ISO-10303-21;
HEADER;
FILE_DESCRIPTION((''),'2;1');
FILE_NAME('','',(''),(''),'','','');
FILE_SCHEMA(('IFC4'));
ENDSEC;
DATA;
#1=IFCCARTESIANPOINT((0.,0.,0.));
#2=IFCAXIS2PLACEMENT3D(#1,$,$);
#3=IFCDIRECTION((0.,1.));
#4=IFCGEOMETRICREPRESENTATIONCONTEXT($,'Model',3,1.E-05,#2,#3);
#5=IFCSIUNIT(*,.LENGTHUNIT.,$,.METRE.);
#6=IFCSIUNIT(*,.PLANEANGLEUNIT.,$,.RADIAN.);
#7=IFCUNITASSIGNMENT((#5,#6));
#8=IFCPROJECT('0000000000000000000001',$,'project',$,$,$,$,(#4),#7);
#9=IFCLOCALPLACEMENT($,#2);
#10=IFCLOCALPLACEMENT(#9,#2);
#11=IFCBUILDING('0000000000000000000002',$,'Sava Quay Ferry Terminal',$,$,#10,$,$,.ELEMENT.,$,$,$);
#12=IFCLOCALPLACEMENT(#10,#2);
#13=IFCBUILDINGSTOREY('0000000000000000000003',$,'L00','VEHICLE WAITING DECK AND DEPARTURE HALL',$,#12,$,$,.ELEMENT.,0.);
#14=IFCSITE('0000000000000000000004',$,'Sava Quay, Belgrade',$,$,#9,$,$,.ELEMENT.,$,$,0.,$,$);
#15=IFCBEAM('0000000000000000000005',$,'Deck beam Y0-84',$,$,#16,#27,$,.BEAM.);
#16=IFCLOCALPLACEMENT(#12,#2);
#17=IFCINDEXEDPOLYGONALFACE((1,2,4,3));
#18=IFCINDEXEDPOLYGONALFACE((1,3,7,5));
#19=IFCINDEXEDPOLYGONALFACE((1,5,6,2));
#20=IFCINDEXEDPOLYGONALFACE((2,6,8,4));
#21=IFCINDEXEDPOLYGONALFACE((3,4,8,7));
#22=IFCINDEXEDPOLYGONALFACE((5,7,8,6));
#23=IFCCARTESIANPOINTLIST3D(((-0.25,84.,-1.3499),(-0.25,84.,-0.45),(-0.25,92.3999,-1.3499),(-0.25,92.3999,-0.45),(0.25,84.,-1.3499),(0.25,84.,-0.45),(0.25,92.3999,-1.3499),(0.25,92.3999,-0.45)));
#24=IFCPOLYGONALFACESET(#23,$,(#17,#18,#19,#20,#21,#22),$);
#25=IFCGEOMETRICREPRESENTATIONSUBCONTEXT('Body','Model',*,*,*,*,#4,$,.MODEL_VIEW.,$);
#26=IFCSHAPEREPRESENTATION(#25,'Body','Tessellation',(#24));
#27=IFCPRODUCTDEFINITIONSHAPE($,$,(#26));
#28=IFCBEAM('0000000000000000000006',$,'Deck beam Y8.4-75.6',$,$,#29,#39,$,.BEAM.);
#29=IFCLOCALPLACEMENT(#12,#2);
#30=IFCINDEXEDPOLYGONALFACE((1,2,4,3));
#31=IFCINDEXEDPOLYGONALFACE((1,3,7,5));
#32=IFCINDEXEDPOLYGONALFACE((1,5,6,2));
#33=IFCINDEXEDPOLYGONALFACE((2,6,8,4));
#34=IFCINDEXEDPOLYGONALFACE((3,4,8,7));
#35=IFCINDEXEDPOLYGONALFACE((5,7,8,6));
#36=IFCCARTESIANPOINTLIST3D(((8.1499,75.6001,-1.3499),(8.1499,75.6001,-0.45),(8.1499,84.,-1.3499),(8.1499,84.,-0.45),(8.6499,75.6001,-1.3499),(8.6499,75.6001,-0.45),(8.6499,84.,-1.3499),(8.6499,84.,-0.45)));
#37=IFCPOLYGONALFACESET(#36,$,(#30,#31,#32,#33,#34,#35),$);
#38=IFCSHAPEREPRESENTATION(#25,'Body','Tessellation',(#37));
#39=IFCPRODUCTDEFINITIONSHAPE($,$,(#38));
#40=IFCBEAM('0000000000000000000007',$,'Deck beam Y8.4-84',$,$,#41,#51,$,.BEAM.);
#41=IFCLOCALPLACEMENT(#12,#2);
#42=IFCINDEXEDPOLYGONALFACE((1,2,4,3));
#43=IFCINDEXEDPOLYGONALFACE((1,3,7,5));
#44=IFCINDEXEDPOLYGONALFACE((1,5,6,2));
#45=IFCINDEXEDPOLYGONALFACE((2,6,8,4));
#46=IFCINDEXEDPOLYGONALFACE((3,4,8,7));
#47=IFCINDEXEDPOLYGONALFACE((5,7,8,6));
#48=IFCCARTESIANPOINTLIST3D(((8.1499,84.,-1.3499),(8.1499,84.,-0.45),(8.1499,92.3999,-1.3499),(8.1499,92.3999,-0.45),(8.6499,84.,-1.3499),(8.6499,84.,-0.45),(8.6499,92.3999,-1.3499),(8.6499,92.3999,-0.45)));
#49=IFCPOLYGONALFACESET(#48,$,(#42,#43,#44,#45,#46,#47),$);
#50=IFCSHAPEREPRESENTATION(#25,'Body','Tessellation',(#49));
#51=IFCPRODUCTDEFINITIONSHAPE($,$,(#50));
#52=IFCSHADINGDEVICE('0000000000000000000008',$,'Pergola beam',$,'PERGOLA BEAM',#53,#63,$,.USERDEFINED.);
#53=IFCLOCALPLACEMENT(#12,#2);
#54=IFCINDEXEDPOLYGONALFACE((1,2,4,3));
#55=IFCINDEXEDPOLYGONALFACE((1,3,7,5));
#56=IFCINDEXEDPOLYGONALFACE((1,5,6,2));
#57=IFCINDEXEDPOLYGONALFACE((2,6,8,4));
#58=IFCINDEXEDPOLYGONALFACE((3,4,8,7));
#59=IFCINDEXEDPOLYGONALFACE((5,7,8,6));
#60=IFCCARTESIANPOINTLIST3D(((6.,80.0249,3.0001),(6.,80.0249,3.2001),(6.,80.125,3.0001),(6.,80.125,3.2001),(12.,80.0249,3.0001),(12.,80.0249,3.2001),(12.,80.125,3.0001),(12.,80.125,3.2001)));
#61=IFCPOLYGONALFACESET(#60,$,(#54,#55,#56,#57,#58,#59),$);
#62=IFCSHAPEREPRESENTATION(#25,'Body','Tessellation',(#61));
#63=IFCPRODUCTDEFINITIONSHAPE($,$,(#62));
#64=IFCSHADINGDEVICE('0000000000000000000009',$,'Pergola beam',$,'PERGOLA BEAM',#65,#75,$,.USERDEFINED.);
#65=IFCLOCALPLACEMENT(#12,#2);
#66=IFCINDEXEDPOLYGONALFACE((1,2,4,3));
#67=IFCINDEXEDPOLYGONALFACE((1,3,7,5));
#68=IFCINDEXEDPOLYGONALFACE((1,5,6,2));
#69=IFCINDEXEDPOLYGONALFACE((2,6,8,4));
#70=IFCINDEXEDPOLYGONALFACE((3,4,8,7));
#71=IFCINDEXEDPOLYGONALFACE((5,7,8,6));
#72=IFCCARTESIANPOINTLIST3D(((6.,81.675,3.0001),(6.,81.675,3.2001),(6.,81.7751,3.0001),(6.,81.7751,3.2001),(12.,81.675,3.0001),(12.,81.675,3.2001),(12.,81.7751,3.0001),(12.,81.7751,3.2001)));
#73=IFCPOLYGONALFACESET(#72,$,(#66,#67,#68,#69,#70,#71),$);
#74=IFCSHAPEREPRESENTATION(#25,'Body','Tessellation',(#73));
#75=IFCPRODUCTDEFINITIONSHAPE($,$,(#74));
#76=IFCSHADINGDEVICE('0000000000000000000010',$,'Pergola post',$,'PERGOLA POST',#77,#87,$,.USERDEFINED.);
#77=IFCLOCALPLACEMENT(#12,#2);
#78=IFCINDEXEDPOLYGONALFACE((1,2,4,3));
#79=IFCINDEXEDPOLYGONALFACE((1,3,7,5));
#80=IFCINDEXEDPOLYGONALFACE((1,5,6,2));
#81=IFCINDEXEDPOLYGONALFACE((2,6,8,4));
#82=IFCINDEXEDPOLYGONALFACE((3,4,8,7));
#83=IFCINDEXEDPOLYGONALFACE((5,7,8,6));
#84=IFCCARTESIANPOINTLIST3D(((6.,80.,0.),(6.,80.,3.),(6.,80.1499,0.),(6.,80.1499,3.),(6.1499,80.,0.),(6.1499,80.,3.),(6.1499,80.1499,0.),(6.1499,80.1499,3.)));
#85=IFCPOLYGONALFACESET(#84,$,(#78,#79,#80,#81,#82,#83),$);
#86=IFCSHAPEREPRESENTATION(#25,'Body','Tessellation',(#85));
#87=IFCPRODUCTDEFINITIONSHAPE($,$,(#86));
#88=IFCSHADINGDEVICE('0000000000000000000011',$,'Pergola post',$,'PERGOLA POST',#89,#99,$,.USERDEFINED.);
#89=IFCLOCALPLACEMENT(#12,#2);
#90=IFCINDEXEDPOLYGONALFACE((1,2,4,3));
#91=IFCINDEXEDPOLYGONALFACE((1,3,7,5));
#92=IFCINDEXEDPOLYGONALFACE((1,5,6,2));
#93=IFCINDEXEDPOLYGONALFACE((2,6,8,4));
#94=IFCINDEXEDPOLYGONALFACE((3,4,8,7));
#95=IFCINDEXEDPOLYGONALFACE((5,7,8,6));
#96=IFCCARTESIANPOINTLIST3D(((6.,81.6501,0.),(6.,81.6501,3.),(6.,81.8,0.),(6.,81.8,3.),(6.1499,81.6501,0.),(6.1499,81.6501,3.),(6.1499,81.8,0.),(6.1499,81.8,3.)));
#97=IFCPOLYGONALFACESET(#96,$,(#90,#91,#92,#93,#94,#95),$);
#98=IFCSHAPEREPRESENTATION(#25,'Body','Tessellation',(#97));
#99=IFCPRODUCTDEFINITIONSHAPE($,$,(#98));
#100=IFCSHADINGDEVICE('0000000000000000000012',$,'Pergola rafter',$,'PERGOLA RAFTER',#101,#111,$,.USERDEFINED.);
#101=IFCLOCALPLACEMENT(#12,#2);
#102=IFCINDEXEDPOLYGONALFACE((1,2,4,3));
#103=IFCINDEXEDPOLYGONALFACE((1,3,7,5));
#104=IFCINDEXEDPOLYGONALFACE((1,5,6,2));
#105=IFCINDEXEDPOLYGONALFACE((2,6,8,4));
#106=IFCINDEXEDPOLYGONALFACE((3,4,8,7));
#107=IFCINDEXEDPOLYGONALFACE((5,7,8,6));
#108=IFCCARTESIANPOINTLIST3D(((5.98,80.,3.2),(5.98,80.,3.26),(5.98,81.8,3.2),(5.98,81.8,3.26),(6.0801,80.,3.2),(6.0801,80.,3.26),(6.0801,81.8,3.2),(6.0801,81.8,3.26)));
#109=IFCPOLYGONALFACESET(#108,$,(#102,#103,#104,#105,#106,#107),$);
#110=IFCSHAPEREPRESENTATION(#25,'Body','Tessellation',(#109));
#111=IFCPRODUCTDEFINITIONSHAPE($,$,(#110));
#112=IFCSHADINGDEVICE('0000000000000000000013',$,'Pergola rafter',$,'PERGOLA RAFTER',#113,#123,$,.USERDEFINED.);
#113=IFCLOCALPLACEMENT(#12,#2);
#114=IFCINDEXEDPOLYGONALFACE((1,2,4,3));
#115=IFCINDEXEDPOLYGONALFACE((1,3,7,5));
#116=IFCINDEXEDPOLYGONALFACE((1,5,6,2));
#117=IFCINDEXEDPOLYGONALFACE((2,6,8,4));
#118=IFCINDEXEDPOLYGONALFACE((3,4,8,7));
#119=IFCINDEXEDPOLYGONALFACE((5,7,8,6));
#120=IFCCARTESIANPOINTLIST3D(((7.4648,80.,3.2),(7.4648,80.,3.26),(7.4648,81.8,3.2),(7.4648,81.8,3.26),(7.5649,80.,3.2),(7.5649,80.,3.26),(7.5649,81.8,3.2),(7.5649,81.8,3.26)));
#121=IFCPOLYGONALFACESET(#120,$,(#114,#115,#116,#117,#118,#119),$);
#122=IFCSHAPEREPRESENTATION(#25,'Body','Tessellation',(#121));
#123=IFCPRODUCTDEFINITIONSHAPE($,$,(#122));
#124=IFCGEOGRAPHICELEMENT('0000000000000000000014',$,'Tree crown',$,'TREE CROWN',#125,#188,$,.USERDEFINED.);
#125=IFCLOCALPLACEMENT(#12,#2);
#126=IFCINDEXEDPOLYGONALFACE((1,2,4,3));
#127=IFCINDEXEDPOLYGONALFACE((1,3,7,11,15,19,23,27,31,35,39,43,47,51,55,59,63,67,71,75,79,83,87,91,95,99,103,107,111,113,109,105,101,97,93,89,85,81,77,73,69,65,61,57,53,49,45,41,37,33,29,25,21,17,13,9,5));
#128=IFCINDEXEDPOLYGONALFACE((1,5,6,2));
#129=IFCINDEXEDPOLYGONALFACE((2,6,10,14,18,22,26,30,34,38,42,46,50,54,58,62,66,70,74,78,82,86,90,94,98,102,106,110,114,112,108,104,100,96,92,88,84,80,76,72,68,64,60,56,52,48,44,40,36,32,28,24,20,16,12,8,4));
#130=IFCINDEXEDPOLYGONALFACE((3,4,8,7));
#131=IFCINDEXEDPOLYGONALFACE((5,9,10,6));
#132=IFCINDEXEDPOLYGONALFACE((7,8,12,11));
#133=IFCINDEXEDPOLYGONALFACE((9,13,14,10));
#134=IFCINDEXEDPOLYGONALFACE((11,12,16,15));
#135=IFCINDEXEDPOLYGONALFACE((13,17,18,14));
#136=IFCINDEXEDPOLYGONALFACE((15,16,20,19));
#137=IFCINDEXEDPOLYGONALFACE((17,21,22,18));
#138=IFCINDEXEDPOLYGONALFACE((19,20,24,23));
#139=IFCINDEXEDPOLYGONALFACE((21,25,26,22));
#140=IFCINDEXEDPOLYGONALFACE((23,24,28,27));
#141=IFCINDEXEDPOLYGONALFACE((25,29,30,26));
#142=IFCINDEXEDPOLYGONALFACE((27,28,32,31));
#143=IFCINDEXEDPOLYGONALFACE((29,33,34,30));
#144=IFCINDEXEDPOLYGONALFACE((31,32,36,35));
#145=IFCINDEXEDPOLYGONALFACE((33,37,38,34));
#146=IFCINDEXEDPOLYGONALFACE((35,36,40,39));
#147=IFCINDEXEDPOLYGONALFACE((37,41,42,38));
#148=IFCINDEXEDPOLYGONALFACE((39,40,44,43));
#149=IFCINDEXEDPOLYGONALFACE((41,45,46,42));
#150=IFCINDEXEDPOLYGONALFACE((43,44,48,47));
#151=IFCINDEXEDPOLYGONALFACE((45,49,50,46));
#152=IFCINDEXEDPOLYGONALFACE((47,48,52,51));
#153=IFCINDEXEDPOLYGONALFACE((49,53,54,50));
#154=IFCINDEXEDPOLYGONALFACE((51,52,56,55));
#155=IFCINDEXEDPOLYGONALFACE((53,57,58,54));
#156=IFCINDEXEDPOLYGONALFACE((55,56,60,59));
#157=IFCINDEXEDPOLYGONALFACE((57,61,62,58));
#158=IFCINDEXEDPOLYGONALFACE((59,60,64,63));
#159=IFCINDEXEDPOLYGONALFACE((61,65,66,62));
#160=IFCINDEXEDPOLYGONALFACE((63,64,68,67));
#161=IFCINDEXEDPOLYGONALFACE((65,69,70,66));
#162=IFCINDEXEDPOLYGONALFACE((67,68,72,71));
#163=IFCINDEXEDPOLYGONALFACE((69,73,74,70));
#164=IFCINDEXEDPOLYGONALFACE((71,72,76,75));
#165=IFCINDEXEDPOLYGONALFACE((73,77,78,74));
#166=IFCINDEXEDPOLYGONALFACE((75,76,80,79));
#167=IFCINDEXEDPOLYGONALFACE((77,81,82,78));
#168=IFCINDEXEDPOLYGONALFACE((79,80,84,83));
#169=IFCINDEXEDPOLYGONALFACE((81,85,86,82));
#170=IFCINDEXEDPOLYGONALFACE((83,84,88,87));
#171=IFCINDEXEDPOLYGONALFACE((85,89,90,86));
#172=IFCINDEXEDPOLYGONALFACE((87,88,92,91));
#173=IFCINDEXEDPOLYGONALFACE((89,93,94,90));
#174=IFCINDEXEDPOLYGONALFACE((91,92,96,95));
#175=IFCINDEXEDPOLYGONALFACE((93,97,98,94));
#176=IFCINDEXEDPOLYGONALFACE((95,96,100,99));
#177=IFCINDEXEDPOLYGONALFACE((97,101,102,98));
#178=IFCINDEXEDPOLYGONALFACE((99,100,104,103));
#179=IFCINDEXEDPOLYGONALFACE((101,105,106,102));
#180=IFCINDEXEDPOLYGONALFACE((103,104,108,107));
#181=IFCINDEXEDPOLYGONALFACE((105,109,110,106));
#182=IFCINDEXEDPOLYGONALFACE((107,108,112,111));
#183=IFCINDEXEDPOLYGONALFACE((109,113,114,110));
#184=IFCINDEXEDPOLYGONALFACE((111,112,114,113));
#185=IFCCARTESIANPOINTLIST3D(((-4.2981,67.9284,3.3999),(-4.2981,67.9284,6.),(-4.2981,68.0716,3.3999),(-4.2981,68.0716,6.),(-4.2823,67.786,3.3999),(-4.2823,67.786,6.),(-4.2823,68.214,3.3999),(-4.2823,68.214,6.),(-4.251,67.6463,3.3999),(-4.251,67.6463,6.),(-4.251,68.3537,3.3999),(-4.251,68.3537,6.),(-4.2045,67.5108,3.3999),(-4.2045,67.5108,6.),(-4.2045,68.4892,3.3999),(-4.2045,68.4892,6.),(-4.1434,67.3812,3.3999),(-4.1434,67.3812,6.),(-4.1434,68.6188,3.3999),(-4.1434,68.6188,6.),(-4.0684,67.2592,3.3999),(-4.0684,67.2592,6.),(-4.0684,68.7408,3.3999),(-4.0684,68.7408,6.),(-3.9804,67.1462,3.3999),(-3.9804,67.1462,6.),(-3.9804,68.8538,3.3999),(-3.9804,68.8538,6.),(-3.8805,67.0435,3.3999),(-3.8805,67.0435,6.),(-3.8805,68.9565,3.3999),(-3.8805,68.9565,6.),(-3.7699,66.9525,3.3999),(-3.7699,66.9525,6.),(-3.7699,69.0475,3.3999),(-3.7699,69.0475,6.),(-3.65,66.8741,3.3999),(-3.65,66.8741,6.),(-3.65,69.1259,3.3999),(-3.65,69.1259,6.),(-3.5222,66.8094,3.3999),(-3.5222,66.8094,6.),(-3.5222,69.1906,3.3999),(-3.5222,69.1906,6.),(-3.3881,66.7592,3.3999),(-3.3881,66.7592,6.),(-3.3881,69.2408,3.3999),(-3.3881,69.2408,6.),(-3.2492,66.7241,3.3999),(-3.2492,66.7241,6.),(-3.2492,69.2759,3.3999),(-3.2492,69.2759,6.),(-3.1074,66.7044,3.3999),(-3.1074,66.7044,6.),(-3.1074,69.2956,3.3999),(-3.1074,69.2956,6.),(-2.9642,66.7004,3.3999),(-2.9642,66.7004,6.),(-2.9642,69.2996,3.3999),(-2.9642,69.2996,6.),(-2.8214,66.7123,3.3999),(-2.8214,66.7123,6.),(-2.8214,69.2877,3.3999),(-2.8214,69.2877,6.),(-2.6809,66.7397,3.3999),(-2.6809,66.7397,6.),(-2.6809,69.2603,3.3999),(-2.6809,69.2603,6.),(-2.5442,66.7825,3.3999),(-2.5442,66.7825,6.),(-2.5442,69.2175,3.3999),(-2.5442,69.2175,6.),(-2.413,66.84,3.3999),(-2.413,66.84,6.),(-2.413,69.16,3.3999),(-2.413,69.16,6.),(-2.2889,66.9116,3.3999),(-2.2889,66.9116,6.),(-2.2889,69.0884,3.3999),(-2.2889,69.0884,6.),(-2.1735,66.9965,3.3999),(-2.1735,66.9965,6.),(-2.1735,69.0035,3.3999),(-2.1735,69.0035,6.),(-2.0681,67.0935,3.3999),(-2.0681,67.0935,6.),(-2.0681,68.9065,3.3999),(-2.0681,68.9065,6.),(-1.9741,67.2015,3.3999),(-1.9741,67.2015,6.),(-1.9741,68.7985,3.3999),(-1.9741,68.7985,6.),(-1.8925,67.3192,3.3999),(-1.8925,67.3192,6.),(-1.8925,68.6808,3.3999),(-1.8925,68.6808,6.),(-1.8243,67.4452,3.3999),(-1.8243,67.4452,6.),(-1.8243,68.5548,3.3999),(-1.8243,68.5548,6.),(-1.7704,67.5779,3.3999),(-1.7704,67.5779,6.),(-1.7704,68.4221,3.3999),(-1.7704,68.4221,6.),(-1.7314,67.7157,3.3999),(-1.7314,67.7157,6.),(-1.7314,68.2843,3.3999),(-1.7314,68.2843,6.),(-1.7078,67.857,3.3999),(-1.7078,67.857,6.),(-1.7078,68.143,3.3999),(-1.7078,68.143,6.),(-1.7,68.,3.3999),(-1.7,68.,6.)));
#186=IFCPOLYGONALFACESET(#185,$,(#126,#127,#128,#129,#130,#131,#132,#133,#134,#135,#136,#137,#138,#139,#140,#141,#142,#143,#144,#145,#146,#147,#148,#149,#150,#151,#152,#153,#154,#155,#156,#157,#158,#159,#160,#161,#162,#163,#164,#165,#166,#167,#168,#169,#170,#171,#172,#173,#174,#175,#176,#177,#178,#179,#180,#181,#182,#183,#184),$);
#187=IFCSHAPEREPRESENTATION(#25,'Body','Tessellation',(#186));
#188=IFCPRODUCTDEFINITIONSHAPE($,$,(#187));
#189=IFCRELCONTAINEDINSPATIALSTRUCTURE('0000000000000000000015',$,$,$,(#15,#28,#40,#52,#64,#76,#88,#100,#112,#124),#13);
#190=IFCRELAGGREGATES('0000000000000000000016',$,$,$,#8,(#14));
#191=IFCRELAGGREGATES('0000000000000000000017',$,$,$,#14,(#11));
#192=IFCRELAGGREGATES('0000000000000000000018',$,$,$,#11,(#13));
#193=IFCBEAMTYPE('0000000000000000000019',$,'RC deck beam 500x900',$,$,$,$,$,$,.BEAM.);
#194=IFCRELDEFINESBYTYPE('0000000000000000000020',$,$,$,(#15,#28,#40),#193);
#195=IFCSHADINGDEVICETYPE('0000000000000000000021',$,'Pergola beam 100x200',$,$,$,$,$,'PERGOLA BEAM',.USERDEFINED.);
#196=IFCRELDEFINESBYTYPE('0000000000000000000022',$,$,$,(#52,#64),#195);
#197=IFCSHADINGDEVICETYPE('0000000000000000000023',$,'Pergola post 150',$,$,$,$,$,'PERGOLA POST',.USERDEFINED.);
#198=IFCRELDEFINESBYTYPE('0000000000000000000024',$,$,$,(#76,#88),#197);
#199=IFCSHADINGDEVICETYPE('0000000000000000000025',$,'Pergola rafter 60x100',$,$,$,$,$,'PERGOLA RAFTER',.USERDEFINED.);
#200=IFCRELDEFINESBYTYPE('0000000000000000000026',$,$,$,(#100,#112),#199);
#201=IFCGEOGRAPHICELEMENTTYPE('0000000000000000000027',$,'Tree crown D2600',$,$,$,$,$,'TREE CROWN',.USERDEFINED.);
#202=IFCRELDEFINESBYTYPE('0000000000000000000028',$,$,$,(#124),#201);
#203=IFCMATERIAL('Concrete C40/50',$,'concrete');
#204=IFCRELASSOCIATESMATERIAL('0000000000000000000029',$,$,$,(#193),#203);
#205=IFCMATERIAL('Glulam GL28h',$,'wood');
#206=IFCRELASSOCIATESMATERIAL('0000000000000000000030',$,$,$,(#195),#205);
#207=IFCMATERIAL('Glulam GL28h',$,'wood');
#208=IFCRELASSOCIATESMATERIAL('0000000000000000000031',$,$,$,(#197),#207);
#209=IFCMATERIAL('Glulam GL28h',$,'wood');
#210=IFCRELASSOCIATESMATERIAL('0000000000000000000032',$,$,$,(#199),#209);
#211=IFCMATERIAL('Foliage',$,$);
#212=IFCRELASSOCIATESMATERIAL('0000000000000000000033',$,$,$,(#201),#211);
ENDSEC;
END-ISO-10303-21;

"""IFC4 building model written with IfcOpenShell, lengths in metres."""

from ifc_helpers import new_model, si_unit, direction, frame, origin, origin_2d, place, context, subcontext, project, spatial, rectangle, circle, extrude, material, material_profile, profile_set, type_object, element, save


model = new_model("IFC4")

# Units and contexts
model_context = context("Model", 3, precision=1e-05, world=origin(), true_north=direction((0.0, 1.0)))
body_context = subcontext(model_context, "Body", "Model", "MODEL_VIEW")
ifc_project = project(units=[si_unit("LENGTHUNIT", "METRE"), si_unit("PLANEANGLEUNIT", "RADIAN")], contexts=[model_context])

# Site, building, storey
site_placement = place(None, origin())
site = spatial("IfcSite", under=ifc_project, at=site_placement, Name="Sava Quay, Belgrade", CompositionType="ELEMENT", RefElevation=0.0)
building_placement = place(site_placement, origin())
building = spatial("IfcBuilding", under=site, at=building_placement, Name="Sava Quay Ferry Terminal", CompositionType="ELEMENT")
storey_placement = place(building_placement, origin())
storey = spatial("IfcBuildingStorey", under=building, at=storey_placement, Name="L00", Description="VEHICLE WAITING DECK AND DEPARTURE HALL", CompositionType="ELEMENT", Elevation=0.0)

# Beams
ifc_material_1 = material(Name="Concrete C40/50", Category="concrete")
ifc_material_profile_1 = material_profile(ifc_material_1, rectangle(XDim=0.5, YDim=0.8999, at=origin_2d()), Name="RC 500x900")
ifc_profile_set_1 = profile_set([ifc_material_profile_1], Name="Concrete C40/50")
beam_type = type_object("IfcBeamType", Name="RC deck beam 500x900", PredefinedType="BEAM", material=ifc_profile_set_1)
for number, where, z_axis, x_axis, name in (
    (1, (0.0, 84.0, -0.8999), (0.0, 1.0, 0.0), (-1.0, 0.0, 0.0), "Deck beam Y0-84"),
    (2, (8.3999, 75.6001, -0.8999), (0.0, 1.0, 0.0), (-1.0, 0.0, 0.0), "Deck beam Y8.4-75.6"),
    (3, (8.3999, 84.0, -0.8999), (0.0, 1.0, 0.0), (-1.0, 0.0, 0.0), "Deck beam Y8.4-84"),
):
    element("IfcBeam", number, at=place(storey_placement, frame(where, z_axis=z_axis, x_axis=x_axis)), inside=storey, type_object=beam_type, Name=name, PredefinedType="BEAM", context=body_context, shape_type="SweptSolid", body=[
        extrude(rectangle(XDim=0.5, YDim=0.8999, at=origin_2d()), origin(), (0.0, 0.0, 1.0), 8.3999),
    ])

# Shading devices
ifc_material_2 = material(Name="Glulam GL28h", Category="wood")
ifc_material_profile_2 = material_profile(ifc_material_2, rectangle(XDim=0.1001, YDim=0.2, at=origin_2d()), Name="Pergola 100 x 200")
ifc_profile_set_2 = profile_set([ifc_material_profile_2], Name="Glulam GL28h")
shading_device_type_1 = type_object("IfcShadingDeviceType", Name="Pergola beam 100x200", ElementType="PERGOLA BEAM", PredefinedType="USERDEFINED", material=ifc_profile_set_2)
for number, where, z_axis, x_axis, name in (
    (4, (6.0, 80.075, 3.1001), (1.0, 0.0, 0.0), (0.0, 1.0, 0.0), "Pergola beam"),
    (5, (6.0, 81.7251, 3.1001), (1.0, 0.0, 0.0), (0.0, 1.0, 0.0), "Pergola beam"),
):
    element("IfcShadingDevice", number, at=place(storey_placement, frame(where, z_axis=z_axis, x_axis=x_axis)), inside=storey, type_object=shading_device_type_1, Name=name, ObjectType="PERGOLA BEAM", PredefinedType="USERDEFINED", context=body_context, shape_type="SweptSolid", body=[
        extrude(rectangle(XDim=0.1001, YDim=0.2, at=origin_2d()), origin(), (0.0, 0.0, 1.0), 6.0),
    ])
ifc_material_3 = material(Name="Glulam GL28h", Category="wood")
ifc_material_profile_3 = material_profile(ifc_material_3, rectangle(XDim=0.1499, YDim=0.1499, at=origin_2d()), Name="Pergola 150 x 150")
ifc_profile_set_3 = profile_set([ifc_material_profile_3], Name="Glulam GL28h")
shading_device_type_2 = type_object("IfcShadingDeviceType", Name="Pergola post 150", ElementType="PERGOLA POST", PredefinedType="USERDEFINED", material=ifc_profile_set_3)
for number, where, z_axis, x_axis, name in (
    (6, (6.075, 80.075, 0.0), (0.0, 0.0, 1.0), (1.0, 0.0, 0.0), "Pergola post"),
    (7, (6.075, 81.7251, 0.0), (0.0, 0.0, 1.0), (1.0, 0.0, 0.0), "Pergola post"),
):
    element("IfcShadingDevice", number, at=place(storey_placement, frame(where, z_axis=z_axis, x_axis=x_axis)), inside=storey, type_object=shading_device_type_2, Name=name, ObjectType="PERGOLA POST", PredefinedType="USERDEFINED", context=body_context, shape_type="SweptSolid", body=[
        extrude(rectangle(XDim=0.1499, YDim=0.1499, at=origin_2d()), origin(), (0.0, 0.0, 1.0), 3.0),
    ])
ifc_material_4 = material(Name="Glulam GL28h", Category="wood")
ifc_material_profile_4 = material_profile(ifc_material_4, rectangle(XDim=0.0601, YDim=0.1001, at=origin_2d()), Name="Pergola 60 x 100")
ifc_profile_set_4 = profile_set([ifc_material_profile_4], Name="Glulam GL28h")
shading_device_type_3 = type_object("IfcShadingDeviceType", Name="Pergola rafter 60x100", ElementType="PERGOLA RAFTER", PredefinedType="USERDEFINED", material=ifc_profile_set_4)
for number, where, z_axis, x_axis, name in (
    (8, (6.03, 80.0, 3.23), (0.0, 1.0, 0.0), (0.0, 0.0, 1.0), "Pergola rafter"),
    (9, (7.5149, 80.0, 3.23), (0.0, 1.0, 0.0), (0.0, 0.0, 1.0), "Pergola rafter"),
):
    element("IfcShadingDevice", number, at=place(storey_placement, frame(where, z_axis=z_axis, x_axis=x_axis)), inside=storey, type_object=shading_device_type_3, Name=name, ObjectType="PERGOLA RAFTER", PredefinedType="USERDEFINED", context=body_context, shape_type="SweptSolid", body=[
        extrude(rectangle(XDim=0.0601, YDim=0.1001, at=origin_2d()), origin(), (0.0, 0.0, 1.0), 1.8),
    ])

# Geographic element
ifc_material_5 = material(Name="Foliage")
geographic_element_type_1 = type_object("IfcGeographicElementType", Name="Tree crown D2600", ElementType="TREE CROWN", PredefinedType="USERDEFINED", material=ifc_material_5)
for number, where, z_axis, x_axis, name in (
    (10, (-3.0, 68.0, 6.0), (0.0, 0.0, -1.0), (1.0, 0.0, 0.0), "Tree crown"),
):
    element("IfcGeographicElement", number, at=place(storey_placement, frame(where, z_axis=z_axis, x_axis=x_axis)), inside=storey, type_object=geographic_element_type_1, Name=name, ObjectType="TREE CROWN", PredefinedType="USERDEFINED", context=body_context, shape_type="SweptSolid", body=[
        extrude(circle(Radius=1.3, at=origin_2d()), origin(), (0.0, 0.0, 1.0), 2.6001),
    ])

save(model, "model.ifc")
